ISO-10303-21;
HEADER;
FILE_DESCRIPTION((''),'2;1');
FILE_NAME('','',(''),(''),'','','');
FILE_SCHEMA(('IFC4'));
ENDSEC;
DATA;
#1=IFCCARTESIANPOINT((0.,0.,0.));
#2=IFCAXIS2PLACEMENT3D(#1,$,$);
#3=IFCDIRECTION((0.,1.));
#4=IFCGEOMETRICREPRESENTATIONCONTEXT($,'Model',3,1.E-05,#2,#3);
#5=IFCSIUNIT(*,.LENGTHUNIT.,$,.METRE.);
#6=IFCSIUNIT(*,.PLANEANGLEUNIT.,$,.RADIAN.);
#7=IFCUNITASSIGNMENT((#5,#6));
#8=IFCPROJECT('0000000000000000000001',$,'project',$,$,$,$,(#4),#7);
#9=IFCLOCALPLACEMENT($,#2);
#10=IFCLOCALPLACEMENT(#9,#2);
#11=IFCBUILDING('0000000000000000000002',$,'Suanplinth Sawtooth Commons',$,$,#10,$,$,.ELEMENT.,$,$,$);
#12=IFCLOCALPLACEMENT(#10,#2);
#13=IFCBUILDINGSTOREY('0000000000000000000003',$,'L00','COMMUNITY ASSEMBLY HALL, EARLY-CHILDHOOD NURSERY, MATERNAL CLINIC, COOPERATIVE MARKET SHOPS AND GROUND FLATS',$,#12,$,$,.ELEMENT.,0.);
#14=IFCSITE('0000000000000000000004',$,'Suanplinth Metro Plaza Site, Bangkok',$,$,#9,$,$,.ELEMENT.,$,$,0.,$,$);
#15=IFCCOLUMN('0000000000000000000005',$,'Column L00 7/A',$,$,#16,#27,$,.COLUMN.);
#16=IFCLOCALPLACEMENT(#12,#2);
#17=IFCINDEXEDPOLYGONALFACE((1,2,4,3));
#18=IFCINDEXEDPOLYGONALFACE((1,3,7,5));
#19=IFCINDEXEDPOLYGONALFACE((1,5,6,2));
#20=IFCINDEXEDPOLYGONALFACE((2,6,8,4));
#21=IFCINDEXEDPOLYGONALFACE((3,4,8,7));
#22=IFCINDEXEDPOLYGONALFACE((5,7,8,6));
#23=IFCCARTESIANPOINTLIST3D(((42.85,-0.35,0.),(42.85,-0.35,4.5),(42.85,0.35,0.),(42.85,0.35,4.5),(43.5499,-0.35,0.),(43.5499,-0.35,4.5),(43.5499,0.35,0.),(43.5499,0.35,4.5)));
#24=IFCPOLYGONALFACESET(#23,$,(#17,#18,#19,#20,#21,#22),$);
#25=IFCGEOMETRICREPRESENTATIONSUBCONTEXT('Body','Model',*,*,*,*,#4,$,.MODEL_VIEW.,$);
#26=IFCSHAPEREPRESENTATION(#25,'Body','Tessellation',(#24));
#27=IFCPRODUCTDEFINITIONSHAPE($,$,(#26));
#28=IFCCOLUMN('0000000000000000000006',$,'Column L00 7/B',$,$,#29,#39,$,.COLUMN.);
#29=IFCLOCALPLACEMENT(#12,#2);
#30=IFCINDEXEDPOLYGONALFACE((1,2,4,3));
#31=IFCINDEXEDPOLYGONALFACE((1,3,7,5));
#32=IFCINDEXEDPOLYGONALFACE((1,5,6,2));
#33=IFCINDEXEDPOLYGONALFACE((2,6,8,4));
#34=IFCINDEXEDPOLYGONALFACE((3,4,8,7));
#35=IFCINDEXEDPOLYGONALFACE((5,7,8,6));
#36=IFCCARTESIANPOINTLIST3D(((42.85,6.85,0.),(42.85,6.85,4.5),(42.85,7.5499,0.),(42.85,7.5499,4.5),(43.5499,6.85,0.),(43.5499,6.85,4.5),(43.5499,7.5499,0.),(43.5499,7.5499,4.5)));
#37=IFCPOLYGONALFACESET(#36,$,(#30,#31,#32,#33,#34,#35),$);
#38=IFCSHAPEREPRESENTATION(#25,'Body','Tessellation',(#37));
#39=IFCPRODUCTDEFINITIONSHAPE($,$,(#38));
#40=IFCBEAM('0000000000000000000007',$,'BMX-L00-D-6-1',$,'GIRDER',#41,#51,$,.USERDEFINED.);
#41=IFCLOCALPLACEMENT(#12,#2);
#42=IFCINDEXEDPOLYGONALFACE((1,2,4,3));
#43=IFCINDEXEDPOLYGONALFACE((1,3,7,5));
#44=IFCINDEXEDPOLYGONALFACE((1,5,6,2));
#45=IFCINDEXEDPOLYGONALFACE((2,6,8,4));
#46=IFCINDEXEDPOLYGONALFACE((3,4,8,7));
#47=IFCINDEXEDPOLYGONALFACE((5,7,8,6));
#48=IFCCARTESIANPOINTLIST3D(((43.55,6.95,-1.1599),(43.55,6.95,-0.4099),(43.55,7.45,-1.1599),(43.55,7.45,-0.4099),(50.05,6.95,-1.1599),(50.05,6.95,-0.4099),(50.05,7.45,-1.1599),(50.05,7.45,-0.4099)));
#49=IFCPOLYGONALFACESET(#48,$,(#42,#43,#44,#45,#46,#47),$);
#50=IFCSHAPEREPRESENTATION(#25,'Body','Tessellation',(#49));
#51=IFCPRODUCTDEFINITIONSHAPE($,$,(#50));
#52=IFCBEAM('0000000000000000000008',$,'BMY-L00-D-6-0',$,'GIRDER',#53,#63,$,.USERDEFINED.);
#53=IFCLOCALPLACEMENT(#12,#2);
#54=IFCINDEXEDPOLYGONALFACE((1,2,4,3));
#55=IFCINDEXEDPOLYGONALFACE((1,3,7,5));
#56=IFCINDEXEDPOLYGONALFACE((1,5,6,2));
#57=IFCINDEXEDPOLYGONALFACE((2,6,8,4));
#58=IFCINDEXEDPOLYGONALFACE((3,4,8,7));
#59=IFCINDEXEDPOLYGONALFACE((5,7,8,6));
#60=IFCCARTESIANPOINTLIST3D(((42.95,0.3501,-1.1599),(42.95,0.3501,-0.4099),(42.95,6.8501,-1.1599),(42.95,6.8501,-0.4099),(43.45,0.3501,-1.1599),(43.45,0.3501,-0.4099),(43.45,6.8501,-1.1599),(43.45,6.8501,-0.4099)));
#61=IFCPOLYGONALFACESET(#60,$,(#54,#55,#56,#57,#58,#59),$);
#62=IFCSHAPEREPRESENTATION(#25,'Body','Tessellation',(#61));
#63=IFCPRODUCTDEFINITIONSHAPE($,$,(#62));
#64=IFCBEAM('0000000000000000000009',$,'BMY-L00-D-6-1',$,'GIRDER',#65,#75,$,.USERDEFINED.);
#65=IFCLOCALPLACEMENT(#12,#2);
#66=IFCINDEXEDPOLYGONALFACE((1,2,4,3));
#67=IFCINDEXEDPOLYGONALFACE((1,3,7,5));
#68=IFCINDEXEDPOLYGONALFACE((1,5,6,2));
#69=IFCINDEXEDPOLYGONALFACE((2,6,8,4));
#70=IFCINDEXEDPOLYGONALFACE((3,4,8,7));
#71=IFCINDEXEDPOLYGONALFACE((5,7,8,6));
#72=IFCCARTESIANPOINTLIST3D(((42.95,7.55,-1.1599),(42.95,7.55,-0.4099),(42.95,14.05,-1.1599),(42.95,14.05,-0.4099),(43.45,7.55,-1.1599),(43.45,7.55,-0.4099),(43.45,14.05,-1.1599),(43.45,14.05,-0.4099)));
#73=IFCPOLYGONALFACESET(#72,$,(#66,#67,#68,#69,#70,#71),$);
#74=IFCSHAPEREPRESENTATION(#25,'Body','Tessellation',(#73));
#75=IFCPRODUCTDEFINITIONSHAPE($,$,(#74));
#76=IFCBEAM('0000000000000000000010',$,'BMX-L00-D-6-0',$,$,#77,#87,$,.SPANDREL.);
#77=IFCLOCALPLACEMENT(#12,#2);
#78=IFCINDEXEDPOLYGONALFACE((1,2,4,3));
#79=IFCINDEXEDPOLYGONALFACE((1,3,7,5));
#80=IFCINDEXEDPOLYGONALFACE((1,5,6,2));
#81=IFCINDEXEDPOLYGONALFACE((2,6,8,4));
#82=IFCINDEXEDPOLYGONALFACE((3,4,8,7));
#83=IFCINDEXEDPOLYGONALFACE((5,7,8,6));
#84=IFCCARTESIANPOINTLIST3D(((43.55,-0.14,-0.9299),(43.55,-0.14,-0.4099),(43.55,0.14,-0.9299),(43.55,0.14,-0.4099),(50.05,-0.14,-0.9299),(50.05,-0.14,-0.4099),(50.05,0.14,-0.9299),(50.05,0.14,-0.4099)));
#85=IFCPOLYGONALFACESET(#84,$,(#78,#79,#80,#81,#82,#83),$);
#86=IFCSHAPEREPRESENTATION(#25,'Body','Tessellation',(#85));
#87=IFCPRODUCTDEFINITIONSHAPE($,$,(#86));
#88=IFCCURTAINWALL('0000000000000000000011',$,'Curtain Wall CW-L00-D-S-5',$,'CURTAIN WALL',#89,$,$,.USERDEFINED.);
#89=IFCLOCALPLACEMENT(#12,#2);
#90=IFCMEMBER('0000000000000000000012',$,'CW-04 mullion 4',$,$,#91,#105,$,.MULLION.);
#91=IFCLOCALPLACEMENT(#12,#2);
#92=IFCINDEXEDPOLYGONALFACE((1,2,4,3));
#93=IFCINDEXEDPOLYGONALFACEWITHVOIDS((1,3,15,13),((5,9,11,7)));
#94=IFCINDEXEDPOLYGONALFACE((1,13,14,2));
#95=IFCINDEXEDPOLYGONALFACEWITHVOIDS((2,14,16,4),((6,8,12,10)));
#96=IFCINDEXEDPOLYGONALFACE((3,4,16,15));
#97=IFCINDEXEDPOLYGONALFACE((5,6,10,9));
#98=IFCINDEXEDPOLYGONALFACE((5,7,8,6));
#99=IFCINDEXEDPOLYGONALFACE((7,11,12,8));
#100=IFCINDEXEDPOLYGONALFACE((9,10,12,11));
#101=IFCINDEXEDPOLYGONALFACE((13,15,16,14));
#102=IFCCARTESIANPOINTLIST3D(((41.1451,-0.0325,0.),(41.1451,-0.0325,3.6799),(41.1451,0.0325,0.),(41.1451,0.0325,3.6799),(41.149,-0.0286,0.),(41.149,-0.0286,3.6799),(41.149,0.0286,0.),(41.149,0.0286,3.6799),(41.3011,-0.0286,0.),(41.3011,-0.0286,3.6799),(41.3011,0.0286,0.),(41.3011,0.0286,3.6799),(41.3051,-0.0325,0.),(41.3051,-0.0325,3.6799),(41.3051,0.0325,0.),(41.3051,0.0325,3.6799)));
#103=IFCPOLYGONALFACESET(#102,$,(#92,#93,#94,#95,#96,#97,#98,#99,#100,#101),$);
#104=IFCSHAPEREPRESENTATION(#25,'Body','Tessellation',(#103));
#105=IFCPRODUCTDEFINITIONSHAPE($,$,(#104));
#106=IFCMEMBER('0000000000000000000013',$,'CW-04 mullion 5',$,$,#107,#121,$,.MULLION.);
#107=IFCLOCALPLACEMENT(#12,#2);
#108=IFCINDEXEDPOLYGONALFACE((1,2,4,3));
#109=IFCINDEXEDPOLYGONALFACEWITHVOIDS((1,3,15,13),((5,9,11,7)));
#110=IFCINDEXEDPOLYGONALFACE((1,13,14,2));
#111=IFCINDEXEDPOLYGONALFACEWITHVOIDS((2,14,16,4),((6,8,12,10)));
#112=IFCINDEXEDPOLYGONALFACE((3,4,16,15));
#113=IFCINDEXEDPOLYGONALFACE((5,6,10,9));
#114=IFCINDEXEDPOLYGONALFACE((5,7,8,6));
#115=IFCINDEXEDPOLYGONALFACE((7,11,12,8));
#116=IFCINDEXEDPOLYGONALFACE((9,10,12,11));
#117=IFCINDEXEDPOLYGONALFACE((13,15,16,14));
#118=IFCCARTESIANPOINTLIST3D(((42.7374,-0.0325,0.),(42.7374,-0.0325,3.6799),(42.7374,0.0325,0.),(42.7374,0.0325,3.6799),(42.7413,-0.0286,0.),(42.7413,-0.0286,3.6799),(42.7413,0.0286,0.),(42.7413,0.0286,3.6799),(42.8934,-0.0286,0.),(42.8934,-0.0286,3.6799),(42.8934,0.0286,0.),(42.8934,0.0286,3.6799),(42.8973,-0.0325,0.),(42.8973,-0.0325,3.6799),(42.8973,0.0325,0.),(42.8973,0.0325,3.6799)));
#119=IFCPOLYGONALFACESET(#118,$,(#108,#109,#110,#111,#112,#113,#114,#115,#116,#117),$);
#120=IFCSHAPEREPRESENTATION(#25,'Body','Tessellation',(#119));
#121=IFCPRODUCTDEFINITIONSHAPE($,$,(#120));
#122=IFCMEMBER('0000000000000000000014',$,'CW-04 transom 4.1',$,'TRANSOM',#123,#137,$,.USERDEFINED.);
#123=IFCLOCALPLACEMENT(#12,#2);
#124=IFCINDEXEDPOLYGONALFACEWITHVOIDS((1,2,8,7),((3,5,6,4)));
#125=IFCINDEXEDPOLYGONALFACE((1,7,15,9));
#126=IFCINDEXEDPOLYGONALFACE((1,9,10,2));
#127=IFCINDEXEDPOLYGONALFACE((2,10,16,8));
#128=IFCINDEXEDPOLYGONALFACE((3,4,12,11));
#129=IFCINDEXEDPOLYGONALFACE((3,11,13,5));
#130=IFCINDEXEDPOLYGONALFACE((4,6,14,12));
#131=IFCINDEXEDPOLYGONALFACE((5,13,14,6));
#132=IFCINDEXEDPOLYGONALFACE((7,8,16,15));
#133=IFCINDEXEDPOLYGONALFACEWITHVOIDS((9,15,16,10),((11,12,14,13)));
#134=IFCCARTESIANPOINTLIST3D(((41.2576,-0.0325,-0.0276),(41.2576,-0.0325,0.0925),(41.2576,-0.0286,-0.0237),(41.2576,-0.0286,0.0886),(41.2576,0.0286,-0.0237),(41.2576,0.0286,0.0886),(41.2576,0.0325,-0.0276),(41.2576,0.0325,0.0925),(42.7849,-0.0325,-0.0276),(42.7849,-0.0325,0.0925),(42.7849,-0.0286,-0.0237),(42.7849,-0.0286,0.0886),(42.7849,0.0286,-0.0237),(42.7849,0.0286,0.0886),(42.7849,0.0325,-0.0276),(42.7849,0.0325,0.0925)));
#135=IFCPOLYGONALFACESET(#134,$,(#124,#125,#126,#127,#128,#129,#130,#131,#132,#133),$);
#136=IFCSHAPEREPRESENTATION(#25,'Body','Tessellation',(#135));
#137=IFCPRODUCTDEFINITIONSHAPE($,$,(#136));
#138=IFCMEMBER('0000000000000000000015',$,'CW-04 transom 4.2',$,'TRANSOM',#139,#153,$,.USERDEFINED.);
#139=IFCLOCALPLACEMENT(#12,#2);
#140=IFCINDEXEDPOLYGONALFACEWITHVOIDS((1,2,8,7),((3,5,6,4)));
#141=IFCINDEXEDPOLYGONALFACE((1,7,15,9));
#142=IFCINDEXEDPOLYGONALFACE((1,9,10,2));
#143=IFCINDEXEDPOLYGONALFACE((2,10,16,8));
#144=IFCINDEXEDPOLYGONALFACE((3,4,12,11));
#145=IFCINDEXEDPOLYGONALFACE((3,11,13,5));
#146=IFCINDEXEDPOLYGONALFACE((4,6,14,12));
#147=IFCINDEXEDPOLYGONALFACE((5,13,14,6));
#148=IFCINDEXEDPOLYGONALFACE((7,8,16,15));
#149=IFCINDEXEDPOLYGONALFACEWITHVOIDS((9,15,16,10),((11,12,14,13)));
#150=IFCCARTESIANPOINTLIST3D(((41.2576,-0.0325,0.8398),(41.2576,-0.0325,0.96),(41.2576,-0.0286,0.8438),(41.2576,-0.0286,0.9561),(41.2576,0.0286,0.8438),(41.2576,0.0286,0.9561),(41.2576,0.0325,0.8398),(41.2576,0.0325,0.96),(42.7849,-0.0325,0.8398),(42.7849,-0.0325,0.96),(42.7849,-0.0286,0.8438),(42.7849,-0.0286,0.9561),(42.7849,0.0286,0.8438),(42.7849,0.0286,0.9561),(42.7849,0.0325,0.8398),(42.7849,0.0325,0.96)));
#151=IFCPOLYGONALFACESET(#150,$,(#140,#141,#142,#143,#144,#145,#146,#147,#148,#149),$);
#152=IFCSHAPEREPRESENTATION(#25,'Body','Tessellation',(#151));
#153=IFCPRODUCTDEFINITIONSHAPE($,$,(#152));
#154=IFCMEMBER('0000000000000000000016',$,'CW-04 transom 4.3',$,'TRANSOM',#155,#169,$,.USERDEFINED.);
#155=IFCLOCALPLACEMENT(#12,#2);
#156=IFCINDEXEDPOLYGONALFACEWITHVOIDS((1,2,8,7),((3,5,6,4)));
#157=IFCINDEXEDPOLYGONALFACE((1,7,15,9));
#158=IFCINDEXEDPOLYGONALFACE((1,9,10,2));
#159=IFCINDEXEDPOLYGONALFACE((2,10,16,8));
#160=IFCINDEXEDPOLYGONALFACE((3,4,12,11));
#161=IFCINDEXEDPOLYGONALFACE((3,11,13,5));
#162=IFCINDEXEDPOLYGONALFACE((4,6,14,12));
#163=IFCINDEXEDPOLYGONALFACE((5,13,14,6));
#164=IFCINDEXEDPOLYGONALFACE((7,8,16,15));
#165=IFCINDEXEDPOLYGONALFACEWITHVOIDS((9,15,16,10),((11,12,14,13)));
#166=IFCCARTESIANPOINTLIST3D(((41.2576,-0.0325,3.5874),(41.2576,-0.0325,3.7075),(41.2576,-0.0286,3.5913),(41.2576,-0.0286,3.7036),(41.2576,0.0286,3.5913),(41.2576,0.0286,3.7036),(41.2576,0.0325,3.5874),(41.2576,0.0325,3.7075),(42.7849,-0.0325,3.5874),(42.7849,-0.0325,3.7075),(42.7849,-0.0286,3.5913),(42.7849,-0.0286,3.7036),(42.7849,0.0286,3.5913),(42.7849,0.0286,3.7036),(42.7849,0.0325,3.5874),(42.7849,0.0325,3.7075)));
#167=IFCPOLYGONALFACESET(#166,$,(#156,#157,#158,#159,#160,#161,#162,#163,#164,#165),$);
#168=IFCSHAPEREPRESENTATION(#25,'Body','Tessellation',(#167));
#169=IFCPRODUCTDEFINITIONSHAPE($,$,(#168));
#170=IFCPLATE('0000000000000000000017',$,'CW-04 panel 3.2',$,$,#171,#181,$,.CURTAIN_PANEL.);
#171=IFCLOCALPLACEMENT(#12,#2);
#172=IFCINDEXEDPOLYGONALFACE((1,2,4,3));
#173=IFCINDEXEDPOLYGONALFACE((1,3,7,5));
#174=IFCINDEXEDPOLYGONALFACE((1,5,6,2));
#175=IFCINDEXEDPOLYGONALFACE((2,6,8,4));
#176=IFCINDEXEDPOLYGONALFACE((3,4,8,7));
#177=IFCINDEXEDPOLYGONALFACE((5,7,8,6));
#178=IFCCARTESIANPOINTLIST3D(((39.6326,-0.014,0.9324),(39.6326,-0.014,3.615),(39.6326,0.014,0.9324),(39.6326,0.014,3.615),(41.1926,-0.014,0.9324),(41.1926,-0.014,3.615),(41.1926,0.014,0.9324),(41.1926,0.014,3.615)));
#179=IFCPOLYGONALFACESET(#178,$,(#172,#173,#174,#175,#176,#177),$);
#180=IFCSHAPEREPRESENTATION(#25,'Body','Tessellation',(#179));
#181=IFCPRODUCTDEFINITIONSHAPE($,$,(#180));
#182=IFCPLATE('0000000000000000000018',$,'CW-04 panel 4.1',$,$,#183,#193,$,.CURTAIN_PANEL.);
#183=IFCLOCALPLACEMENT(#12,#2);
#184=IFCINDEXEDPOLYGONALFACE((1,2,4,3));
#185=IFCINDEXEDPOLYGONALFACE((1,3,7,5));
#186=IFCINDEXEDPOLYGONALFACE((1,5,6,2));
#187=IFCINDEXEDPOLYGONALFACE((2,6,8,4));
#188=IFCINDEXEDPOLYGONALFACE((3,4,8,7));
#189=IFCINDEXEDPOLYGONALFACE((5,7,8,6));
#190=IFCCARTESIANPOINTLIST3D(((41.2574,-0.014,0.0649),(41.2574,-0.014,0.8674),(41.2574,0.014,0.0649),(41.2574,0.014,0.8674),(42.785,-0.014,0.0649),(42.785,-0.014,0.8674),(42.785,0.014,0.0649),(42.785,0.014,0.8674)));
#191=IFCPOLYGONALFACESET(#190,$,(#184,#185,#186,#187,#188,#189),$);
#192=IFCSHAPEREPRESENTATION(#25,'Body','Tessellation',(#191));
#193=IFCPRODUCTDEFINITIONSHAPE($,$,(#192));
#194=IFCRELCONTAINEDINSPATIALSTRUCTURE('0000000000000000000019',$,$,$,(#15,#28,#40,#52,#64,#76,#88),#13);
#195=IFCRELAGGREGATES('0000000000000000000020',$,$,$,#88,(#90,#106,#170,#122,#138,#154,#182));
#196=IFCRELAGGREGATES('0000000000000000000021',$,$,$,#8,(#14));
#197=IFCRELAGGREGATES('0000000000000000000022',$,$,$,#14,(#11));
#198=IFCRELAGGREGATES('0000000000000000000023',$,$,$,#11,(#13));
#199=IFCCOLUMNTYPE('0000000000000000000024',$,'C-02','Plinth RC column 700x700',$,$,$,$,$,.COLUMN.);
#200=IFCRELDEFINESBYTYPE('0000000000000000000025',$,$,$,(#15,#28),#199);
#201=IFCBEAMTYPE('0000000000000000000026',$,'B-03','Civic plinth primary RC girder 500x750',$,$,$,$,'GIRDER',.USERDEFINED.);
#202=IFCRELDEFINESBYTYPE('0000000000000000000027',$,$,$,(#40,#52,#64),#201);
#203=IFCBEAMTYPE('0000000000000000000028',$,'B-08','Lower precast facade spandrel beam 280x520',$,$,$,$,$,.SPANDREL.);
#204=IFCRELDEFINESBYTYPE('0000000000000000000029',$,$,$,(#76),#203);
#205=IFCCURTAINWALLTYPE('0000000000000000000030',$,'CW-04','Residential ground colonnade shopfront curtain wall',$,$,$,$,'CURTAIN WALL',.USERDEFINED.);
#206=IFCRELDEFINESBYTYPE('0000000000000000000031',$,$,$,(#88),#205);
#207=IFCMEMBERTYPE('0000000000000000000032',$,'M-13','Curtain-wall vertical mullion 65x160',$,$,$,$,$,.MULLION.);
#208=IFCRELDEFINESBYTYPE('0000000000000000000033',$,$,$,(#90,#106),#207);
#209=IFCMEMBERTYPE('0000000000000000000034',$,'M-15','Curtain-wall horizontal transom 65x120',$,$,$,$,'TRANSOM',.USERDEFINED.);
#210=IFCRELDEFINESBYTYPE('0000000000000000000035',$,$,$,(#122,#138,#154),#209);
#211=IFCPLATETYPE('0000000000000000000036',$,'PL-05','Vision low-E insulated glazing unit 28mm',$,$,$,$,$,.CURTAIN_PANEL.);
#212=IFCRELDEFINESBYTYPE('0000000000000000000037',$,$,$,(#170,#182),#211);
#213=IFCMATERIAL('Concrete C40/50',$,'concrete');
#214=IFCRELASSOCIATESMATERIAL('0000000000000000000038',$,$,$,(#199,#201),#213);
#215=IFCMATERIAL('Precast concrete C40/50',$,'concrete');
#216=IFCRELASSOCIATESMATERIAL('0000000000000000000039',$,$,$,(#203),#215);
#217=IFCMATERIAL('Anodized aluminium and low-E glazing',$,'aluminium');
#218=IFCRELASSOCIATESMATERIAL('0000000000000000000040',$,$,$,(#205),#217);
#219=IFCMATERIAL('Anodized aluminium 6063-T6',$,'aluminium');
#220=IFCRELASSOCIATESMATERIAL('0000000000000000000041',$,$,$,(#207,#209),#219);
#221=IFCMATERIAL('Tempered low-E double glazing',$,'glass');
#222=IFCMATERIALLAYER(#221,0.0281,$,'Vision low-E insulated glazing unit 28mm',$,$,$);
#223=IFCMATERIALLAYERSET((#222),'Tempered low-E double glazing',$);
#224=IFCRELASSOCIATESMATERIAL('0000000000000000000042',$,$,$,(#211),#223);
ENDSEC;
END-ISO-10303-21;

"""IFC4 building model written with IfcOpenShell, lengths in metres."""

from ifc_helpers import new_model, si_unit, direction, frame, origin, origin_2d, place, context, subcontext, project, spatial, rectangle, hollow_rectangle, extrude, material, layer, layer_set, material_profile, profile_set, type_object, element, aggregate, save


model = new_model("IFC4")

# Units and contexts
model_context = context("Model", 3, precision=1e-05, world=origin(), true_north=direction((0.0, 1.0)))
body_context = subcontext(model_context, "Body", "Model", "MODEL_VIEW")
ifc_project = project(units=[si_unit("LENGTHUNIT", "METRE"), si_unit("PLANEANGLEUNIT", "RADIAN")], contexts=[model_context])

# Site, building, storey
site_placement = place(None, origin())
site = spatial("IfcSite", under=ifc_project, at=site_placement, Name="Suanplinth Metro Plaza Site, Bangkok", CompositionType="ELEMENT", RefElevation=0.0)
building_placement = place(site_placement, origin())
building = spatial("IfcBuilding", under=site, at=building_placement, Name="Suanplinth Sawtooth Commons", CompositionType="ELEMENT")
storey_placement = place(building_placement, origin())
storey = spatial("IfcBuildingStorey", under=building, at=storey_placement, Name="L00", Description="COMMUNITY ASSEMBLY HALL, EARLY-CHILDHOOD NURSERY, MATERNAL CLINIC, COOPERATIVE MARKET SHOPS AND GROUND FLATS", CompositionType="ELEMENT", Elevation=0.0)

# Columns
ifc_material_1 = material(Name="Concrete C40/50", Category="concrete")
ifc_material_profile_1 = material_profile(ifc_material_1, rectangle(XDim=0.7, YDim=0.7, at=origin_2d()), Name="RC-COL 700x700")
ifc_profile_set_1 = profile_set([ifc_material_profile_1], Name="Concrete C40/50")
column_type = type_object("IfcColumnType", Name="C-02", Description="Plinth RC column 700x700", PredefinedType="COLUMN", material=ifc_profile_set_1)
for number, where, z_axis, x_axis, name in (
    (1, (43.2, 0.0, 0.0), (0.0, 0.0, 1.0), (1.0, 0.0, 0.0), "Column L00 7/A"),
    (2, (43.2, 7.2, 0.0), (0.0, 0.0, 1.0), (1.0, 0.0, 0.0), "Column L00 7/B"),
):
    element("IfcColumn", number, at=place(storey_placement, frame(where, z_axis=z_axis, x_axis=x_axis)), inside=storey, type_object=column_type, Name=name, PredefinedType="COLUMN", context=body_context, shape_type="SweptSolid", body=[
        extrude(rectangle(XDim=0.7, YDim=0.7, at=origin_2d()), origin(), (0.0, 0.0, 1.0), 4.5),
    ])

# Beams
ifc_material_profile_2 = material_profile(ifc_material_1, rectangle(XDim=0.5, YDim=0.75, at=origin_2d()), Name="RC-GDR 500x750")
ifc_profile_set_2 = profile_set([ifc_material_profile_2], Name="Concrete C40/50")
beam_type_1 = type_object("IfcBeamType", Name="B-03", Description="Civic plinth primary RC girder 500x750", ElementType="GIRDER", PredefinedType="USERDEFINED", material=ifc_profile_set_2)
for number, where, z_axis, x_axis, name in (
    (3, (43.55, 7.2, -0.7849), (1.0, 0.0, 0.0), (0.0, 1.0, 0.0), "BMX-L00-D-6-1"),
    (4, (43.2, 0.3501, -0.7849), (0.0, 1.0, 0.0), (-1.0, 0.0, 0.0), "BMY-L00-D-6-0"),
    (5, (43.2, 7.55, -0.7849), (0.0, 1.0, 0.0), (-1.0, 0.0, 0.0), "BMY-L00-D-6-1"),
):
    element("IfcBeam", number, at=place(storey_placement, frame(where, z_axis=z_axis, x_axis=x_axis)), inside=storey, type_object=beam_type_1, Name=name, ObjectType="GIRDER", PredefinedType="USERDEFINED", context=body_context, shape_type="SweptSolid", body=[
        extrude(rectangle(XDim=0.5, YDim=0.75, at=origin_2d()), origin(), (0.0, 0.0, 1.0), 6.5),
    ])
ifc_material_2 = material(Name="Precast concrete C40/50", Category="concrete")
ifc_material_profile_3 = material_profile(ifc_material_2, rectangle(XDim=0.28, YDim=0.52, at=origin_2d()), Name="PC-SP 280x520")
ifc_profile_set_3 = profile_set([ifc_material_profile_3], Name="Precast concrete C40/50")
beam_type_2 = type_object("IfcBeamType", Name="B-08", Description="Lower precast facade spandrel beam 280x520", PredefinedType="SPANDREL", material=ifc_profile_set_3)
beam_placement = place(storey_placement, frame((43.55, 0.0, -0.6699), z_axis=(1.0, 0.0, 0.0), x_axis=(0.0, 1.0, 0.0)))
element("IfcBeam", 6, at=beam_placement, inside=storey, type_object=beam_type_2, Name="BMX-L00-D-6-0", PredefinedType="SPANDREL", context=body_context, shape_type="SweptSolid", body=[
    extrude(rectangle(XDim=0.28, YDim=0.52, at=origin_2d()), origin(), (0.0, 0.0, 1.0), 6.5),
])

# Curtain wall, members, plates
ifc_material_3 = material(Name="Anodized aluminium and low-E glazing", Category="aluminium")
curtain_wall_type = type_object("IfcCurtainWallType", Name="CW-04", Description="Residential ground colonnade shopfront curtain wall", ElementType="CURTAIN WALL", PredefinedType="USERDEFINED", material=ifc_material_3)
curtain_wall_placement = place(storey_placement, origin())
curtain_wall = element("IfcCurtainWall", 7, at=curtain_wall_placement, inside=storey, type_object=curtain_wall_type, Name="Curtain Wall CW-L00-D-S-5", ObjectType="CURTAIN WALL", PredefinedType="USERDEFINED")
ifc_material_4 = material(Name="Anodized aluminium 6063-T6", Category="aluminium")
ifc_material_profile_4 = material_profile(ifc_material_4, hollow_rectangle(XDim=0.0649, YDim=0.1599, WallThickness=0.0039, at=origin_2d()), Name="ALU-MUL 65x160")
ifc_profile_set_4 = profile_set([ifc_material_profile_4], Name="Anodized aluminium 6063-T6")
member_type_1 = type_object("IfcMemberType", Name="M-13", Description="Curtain-wall vertical mullion 65x160", PredefinedType="MULLION", material=ifc_profile_set_4)
member_1_placement = place(storey_placement, frame((41.2251, 0.0, 0.0), z_axis=(0.0, 0.0, 1.0), x_axis=(0.0, 1.0, 0.0)))
member_1 = element("IfcMember", 8, at=member_1_placement, type_object=member_type_1, Name="CW-04 mullion 4", PredefinedType="MULLION", context=body_context, shape_type="SweptSolid", body=[
    extrude(hollow_rectangle(XDim=0.0649, YDim=0.1599, WallThickness=0.0039, at=origin_2d()), origin(), (0.0, 0.0, 1.0), 3.6799),
])
member_2_placement = place(storey_placement, frame((42.8174, 0.0, 0.0), z_axis=(0.0, 0.0, 1.0), x_axis=(0.0, 1.0, 0.0)))
member_2 = element("IfcMember", 9, at=member_2_placement, type_object=member_type_1, Name="CW-04 mullion 5", PredefinedType="MULLION", context=body_context, shape_type="SweptSolid", body=[
    extrude(hollow_rectangle(XDim=0.0649, YDim=0.1599, WallThickness=0.0039, at=origin_2d()), origin(), (0.0, 0.0, 1.0), 3.6799),
])
ifc_material_profile_5 = material_profile(ifc_material_4, hollow_rectangle(XDim=0.0649, YDim=0.1201, WallThickness=0.0039, at=origin_2d()), Name="ALU-TRN 65x120")
ifc_profile_set_5 = profile_set([ifc_material_profile_5], Name="Anodized aluminium 6063-T6")
member_type_2 = type_object("IfcMemberType", Name="M-15", Description="Curtain-wall horizontal transom 65x120", ElementType="TRANSOM", PredefinedType="USERDEFINED", material=ifc_profile_set_5)
member_3_placement = place(storey_placement, frame((41.2576, 0.0, 0.0325), z_axis=(1.0, 0.0, 0.0), x_axis=(0.0, 1.0, 0.0)))
member_3 = element("IfcMember", 10, at=member_3_placement, type_object=member_type_2, Name="CW-04 transom 4.1", ObjectType="TRANSOM", PredefinedType="USERDEFINED", context=body_context, shape_type="SweptSolid", body=[
    extrude(hollow_rectangle(XDim=0.0649, YDim=0.1201, WallThickness=0.0039, at=origin_2d()), origin(), (0.0, 0.0, 1.0), 1.5273),
])
member_4_placement = place(storey_placement, frame((41.2576, 0.0, 0.8999), z_axis=(1.0, 0.0, 0.0), x_axis=(0.0, 1.0, 0.0)))
member_4 = element("IfcMember", 11, at=member_4_placement, type_object=member_type_2, Name="CW-04 transom 4.2", ObjectType="TRANSOM", PredefinedType="USERDEFINED", context=body_context, shape_type="SweptSolid", body=[
    extrude(hollow_rectangle(XDim=0.0649, YDim=0.1201, WallThickness=0.0039, at=origin_2d()), origin(), (0.0, 0.0, 1.0), 1.5273),
])
member_5_placement = place(storey_placement, frame((41.2576, 0.0, 3.6475), z_axis=(1.0, 0.0, 0.0), x_axis=(0.0, 1.0, 0.0)))
member_5 = element("IfcMember", 12, at=member_5_placement, type_object=member_type_2, Name="CW-04 transom 4.3", ObjectType="TRANSOM", PredefinedType="USERDEFINED", context=body_context, shape_type="SweptSolid", body=[
    extrude(hollow_rectangle(XDim=0.0649, YDim=0.1201, WallThickness=0.0039, at=origin_2d()), origin(), (0.0, 0.0, 1.0), 1.5273),
])
ifc_material_5 = material(Name="Tempered low-E double glazing", Category="glass")
ifc_layer_1 = layer(ifc_material_5, 0.0281, Name="Vision low-E insulated glazing unit 28mm")
ifc_layer_set_1 = layer_set([ifc_layer_1], Name="Tempered low-E double glazing")
plate_type = type_object("IfcPlateType", Name="PL-05", Description="Vision low-E insulated glazing unit 28mm", PredefinedType="CURTAIN_PANEL", material=ifc_layer_set_1)
plate_1_placement = place(storey_placement, frame((40.4126, 0.0, 0.9324), z_axis=(0.0, 0.0, 1.0), x_axis=(1.0, 0.0, 0.0)))
plate_1 = element("IfcPlate", 13, at=plate_1_placement, type_object=plate_type, Name="CW-04 panel 3.2", PredefinedType="CURTAIN_PANEL", context=body_context, shape_type="SweptSolid", body=[
    extrude(rectangle(XDim=1.5601, YDim=0.0281, at=origin_2d()), origin(), (0.0, 0.0, 1.0), 2.6826),
])
plate_2_placement = place(storey_placement, frame((42.0212, 0.0, 0.0649), z_axis=(0.0, 0.0, 1.0), x_axis=(1.0, 0.0, 0.0)))
plate_2 = element("IfcPlate", 14, at=plate_2_placement, type_object=plate_type, Name="CW-04 panel 4.1", PredefinedType="CURTAIN_PANEL", context=body_context, shape_type="SweptSolid", body=[
    extrude(rectangle(XDim=1.5276, YDim=0.0281, at=origin_2d()), origin(), (0.0, 0.0, 1.0), 0.8025),
])
aggregate(curtain_wall, [member_1, member_2, plate_1, member_3, member_4, member_5, plate_2])

save(model, "model.ifc")
